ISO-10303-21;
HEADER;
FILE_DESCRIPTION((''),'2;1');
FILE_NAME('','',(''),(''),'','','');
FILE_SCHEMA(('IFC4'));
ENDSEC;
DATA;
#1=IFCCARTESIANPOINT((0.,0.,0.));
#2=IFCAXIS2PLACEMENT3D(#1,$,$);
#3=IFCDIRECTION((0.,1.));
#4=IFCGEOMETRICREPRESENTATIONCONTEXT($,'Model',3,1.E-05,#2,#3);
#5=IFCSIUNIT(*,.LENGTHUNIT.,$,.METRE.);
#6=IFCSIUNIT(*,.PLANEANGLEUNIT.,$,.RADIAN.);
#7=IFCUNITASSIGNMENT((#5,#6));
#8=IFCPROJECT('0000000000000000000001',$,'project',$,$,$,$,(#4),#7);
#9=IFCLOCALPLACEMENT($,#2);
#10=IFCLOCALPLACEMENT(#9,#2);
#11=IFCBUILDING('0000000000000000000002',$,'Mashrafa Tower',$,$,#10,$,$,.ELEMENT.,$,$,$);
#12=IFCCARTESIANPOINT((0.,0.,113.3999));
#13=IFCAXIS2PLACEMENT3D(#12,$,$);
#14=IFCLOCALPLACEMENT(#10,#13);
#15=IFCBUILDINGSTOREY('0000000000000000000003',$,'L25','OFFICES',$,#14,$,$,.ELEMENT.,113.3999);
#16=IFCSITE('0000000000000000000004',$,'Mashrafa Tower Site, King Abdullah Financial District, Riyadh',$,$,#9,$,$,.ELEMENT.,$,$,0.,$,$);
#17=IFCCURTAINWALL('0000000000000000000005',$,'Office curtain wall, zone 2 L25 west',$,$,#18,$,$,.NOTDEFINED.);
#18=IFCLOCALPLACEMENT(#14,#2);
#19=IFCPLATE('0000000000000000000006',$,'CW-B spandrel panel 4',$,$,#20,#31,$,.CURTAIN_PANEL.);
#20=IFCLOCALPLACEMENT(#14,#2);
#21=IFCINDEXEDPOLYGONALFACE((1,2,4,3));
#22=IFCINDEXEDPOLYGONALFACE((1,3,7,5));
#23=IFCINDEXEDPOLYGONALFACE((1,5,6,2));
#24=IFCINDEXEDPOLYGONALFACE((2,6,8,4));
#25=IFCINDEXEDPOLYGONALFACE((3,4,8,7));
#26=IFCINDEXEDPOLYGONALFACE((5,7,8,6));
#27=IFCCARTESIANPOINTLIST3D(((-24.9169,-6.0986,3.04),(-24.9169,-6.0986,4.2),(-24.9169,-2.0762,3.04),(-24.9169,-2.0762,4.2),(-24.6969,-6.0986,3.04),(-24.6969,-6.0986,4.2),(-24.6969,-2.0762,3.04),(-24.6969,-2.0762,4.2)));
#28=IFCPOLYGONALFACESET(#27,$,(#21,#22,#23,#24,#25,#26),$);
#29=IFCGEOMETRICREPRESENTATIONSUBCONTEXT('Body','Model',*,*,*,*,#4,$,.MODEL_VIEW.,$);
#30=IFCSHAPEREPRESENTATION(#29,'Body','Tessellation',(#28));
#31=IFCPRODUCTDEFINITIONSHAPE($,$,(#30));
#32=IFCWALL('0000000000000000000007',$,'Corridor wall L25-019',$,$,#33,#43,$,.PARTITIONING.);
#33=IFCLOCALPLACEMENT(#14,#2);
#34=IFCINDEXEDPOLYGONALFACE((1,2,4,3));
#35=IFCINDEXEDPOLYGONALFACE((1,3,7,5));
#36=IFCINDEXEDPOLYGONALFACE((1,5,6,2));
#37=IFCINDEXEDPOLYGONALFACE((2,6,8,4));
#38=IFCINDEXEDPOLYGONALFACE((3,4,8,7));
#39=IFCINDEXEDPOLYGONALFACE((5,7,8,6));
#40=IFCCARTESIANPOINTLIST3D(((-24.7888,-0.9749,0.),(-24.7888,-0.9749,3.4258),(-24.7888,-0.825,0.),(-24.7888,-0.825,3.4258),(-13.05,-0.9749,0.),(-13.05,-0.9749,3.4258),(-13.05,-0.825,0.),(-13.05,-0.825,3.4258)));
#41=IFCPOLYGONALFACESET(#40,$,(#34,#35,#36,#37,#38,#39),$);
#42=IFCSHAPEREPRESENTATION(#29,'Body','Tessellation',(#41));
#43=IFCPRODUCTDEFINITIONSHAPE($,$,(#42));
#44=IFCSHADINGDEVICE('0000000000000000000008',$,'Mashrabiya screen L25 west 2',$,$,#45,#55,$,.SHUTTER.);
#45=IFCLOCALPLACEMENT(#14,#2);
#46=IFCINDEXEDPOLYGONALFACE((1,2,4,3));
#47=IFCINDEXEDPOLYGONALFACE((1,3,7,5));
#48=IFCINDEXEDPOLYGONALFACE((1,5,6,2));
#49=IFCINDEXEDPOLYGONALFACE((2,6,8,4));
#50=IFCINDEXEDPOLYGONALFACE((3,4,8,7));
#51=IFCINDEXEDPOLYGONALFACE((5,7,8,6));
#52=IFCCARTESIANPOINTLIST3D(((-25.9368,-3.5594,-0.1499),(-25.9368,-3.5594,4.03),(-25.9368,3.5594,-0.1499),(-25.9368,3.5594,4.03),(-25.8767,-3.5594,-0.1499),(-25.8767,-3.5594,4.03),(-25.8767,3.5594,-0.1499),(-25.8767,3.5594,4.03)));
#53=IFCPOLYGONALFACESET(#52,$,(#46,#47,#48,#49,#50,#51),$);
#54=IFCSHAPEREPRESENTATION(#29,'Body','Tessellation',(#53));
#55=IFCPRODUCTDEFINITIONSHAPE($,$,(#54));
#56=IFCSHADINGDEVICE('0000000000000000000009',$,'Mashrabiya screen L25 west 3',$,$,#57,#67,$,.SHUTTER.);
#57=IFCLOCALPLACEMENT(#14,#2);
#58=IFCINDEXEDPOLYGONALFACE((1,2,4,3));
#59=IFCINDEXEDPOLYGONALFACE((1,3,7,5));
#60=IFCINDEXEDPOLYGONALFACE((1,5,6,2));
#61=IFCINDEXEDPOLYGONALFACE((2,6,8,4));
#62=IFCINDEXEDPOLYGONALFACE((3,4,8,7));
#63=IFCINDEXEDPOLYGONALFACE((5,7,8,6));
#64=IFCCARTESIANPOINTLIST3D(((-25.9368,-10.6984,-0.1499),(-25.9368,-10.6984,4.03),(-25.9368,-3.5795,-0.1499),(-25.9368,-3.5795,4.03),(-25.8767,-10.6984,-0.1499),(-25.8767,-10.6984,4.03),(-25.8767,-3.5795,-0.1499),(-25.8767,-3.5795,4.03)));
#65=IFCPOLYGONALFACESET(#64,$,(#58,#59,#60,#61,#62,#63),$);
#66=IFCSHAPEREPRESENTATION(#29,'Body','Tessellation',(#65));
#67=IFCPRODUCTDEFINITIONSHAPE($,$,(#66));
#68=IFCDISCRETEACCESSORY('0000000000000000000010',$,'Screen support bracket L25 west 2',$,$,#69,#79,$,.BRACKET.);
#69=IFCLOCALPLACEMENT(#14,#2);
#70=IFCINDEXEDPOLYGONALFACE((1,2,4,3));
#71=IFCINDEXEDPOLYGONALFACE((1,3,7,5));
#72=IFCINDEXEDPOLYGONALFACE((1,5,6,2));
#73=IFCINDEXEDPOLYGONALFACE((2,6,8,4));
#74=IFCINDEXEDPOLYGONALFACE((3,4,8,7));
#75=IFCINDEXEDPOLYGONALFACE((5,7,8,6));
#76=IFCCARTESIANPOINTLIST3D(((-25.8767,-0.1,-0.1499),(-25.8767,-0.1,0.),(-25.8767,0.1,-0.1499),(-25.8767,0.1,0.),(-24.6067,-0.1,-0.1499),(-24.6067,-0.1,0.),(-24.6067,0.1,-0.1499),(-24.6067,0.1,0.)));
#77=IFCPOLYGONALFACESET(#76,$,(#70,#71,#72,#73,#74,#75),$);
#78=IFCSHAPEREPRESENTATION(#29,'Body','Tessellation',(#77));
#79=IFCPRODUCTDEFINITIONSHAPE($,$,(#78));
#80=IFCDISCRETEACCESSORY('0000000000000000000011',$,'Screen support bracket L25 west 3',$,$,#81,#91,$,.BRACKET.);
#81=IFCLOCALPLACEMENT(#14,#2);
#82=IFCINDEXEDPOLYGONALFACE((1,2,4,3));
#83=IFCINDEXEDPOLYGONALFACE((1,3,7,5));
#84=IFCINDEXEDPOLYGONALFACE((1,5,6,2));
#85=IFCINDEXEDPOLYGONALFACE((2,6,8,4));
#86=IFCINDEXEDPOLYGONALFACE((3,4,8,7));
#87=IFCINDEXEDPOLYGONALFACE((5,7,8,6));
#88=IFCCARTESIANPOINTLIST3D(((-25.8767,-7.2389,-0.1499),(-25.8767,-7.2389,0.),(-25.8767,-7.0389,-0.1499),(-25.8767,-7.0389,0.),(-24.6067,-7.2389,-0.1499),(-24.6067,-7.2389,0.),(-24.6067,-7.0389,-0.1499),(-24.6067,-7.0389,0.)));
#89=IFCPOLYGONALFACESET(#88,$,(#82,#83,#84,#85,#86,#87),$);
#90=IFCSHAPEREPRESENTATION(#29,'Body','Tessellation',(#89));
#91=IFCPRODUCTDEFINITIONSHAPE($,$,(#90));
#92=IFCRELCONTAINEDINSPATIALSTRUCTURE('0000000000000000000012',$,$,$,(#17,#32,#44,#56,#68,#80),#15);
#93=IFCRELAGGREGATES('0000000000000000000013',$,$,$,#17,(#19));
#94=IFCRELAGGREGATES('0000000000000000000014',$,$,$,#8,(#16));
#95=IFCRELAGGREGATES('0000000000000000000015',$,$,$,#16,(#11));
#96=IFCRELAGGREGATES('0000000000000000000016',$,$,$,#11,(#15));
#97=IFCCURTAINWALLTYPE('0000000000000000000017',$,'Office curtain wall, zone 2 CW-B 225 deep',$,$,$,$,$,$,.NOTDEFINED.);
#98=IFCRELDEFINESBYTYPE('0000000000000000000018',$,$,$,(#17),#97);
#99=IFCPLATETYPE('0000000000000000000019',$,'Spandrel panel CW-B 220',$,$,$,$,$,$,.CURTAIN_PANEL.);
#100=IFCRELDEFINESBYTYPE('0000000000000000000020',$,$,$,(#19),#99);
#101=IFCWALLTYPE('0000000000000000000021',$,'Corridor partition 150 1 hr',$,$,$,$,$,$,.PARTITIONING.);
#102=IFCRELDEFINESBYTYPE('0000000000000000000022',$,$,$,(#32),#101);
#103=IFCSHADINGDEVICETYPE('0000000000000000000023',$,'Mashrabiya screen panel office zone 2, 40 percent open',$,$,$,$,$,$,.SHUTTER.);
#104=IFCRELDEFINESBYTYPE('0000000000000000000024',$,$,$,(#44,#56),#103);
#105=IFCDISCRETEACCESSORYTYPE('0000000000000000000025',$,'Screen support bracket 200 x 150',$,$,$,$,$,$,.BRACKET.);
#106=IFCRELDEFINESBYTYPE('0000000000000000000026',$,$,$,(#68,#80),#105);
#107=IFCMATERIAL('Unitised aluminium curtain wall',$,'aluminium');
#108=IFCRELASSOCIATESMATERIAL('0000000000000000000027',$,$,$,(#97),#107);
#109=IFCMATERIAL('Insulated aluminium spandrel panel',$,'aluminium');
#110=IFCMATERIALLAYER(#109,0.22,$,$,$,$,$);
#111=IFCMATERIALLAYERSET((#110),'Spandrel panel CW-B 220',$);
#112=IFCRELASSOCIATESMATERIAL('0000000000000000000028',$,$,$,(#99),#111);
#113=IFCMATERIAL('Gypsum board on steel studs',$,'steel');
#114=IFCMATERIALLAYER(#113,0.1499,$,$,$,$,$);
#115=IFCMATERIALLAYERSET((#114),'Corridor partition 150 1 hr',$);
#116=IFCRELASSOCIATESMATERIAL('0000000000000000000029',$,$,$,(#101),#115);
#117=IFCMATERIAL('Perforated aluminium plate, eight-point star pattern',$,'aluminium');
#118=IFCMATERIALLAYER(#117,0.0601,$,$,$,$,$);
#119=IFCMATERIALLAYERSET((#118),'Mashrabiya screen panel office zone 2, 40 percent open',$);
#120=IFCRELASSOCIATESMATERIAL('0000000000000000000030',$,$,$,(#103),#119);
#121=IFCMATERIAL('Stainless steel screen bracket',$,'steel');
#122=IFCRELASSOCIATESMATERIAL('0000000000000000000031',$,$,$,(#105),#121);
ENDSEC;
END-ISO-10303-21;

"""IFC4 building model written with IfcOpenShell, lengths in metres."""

from ifc_helpers import new_model, si_unit, direction, frame, frame_2d, origin, origin_2d, place, context, subcontext, project, spatial, rectangle, extrude, source, transform, mapped, material, layer, layer_set, type_object, type_shapes, element, aggregate, save


model = new_model("IFC4")

# Units and contexts
model_context = context("Model", 3, precision=1e-05, world=origin(), true_north=direction((0.0, 1.0)))
body_context = subcontext(model_context, "Body", "Model", "MODEL_VIEW")
ifc_project = project(units=[si_unit("LENGTHUNIT", "METRE"), si_unit("PLANEANGLEUNIT", "RADIAN")], contexts=[model_context])

# Site, building, storey
site_placement = place(None, origin())
site = spatial("IfcSite", under=ifc_project, at=site_placement, Name="Mashrafa Tower Site, King Abdullah Financial District, Riyadh", CompositionType="ELEMENT", RefElevation=0.0)
building_placement = place(site_placement, origin())
building = spatial("IfcBuilding", under=site, at=building_placement, Name="Mashrafa Tower", CompositionType="ELEMENT")
storey_placement = place(building_placement, frame((0.0, 0.0, 113.3999)))
storey = spatial("IfcBuildingStorey", under=building, at=storey_placement, Name="L25", Description="OFFICES", CompositionType="ELEMENT", Elevation=113.3999)

# Curtain wall
ifc_material_1 = material(Name="Unitised aluminium curtain wall", Category="aluminium")
curtain_wall_type = type_object("IfcCurtainWallType", Name="Office curtain wall, zone 2 CW-B 225 deep", PredefinedType="NOTDEFINED", material=ifc_material_1)
curtain_wall_1_placement = place(storey_placement, origin())
curtain_wall_1 = element("IfcCurtainWall", 1, at=curtain_wall_1_placement, inside=storey, type_object=curtain_wall_type, Name="Office curtain wall, zone 2 L25 west", PredefinedType="NOTDEFINED")

# Plate
ifc_material_2 = material(Name="Insulated aluminium spandrel panel", Category="aluminium")
ifc_layer_1 = layer(ifc_material_2, 0.22)
ifc_layer_set_1 = layer_set([ifc_layer_1], Name="Spandrel panel CW-B 220")
plate_type_1 = type_object("IfcPlateType", Name="Spandrel panel CW-B 220", PredefinedType="CURTAIN_PANEL", material=ifc_layer_set_1)
shared_shape_1 = source(origin(), body_context, "Body", "SweptSolid", [
    extrude(rectangle(XDim=4.0225, YDim=0.22, at=origin_2d()), origin(), (0.0, 0.0, 1.0), 1.1599),
])
plate_1_placement = place(storey_placement, frame((-24.8069, -4.0874, 3.04), z_axis=(0.0, 0.0, 1.0), x_axis=(0.0, -1.0, 0.0)))
plate_1 = element("IfcPlate", 2, at=plate_1_placement, type_object=plate_type_1, Name="CW-B spandrel panel 4", PredefinedType="CURTAIN_PANEL", context=body_context, shape_type="MappedRepresentation", body=[
    mapped(shared_shape_1, transform((0.0, 0.0, 0.0))),
])
aggregate(curtain_wall_1, [plate_1])

# Wall
ifc_material_3 = material(Name="Gypsum board on steel studs", Category="steel")
ifc_layer_2 = layer(ifc_material_3, 0.1499)
ifc_layer_set_2 = layer_set([ifc_layer_2], Name="Corridor partition 150 1 hr")
wall_type = type_object("IfcWallType", Name="Corridor partition 150 1 hr", PredefinedType="PARTITIONING", material=ifc_layer_set_2)
wall_placement = place(storey_placement, frame((-24.7888, -0.8999, 0.0), z_axis=(0.0, 0.0, 1.0), x_axis=(1.0, 0.0, 0.0)))
element("IfcWall", 3, at=wall_placement, inside=storey, type_object=wall_type, Name="Corridor wall L25-019", PredefinedType="PARTITIONING", context=body_context, shape_type="SweptSolid", body=[
    extrude(rectangle(XDim=11.7388, YDim=0.1499, at=frame_2d((5.8694, 0.0))), origin(), (0.0, 0.0, 1.0), 3.4258),
])

# Shading devices
ifc_material_4 = material(Name="Perforated aluminium plate, eight-point star pattern", Category="aluminium")
ifc_layer_3 = layer(ifc_material_4, 0.0601)
ifc_layer_set_3 = layer_set([ifc_layer_3], Name="Mashrabiya screen panel office zone 2, 40 percent open")
shading_device_type = type_object("IfcShadingDeviceType", Name="Mashrabiya screen panel office zone 2, 40 percent open", PredefinedType="SHUTTER", material=ifc_layer_set_3)
shared_shape_2 = source(origin(), body_context, "Body", "SweptSolid", [
    extrude(rectangle(XDim=7.1189, YDim=0.0601, at=origin_2d()), origin(), (0.0, 0.0, 1.0), 4.1799),
])
type_shapes(shading_device_type, [shared_shape_2])
for number, where, z_axis, x_axis, name in (
    (4, (-25.9067, 0.0, -0.1499), (0.0, 0.0, 1.0), (0.0, -1.0, 0.0), "Mashrabiya screen L25 west 2"),
    (5, (-25.9067, -7.1389, -0.1499), (0.0, 0.0, 1.0), (0.0, -1.0, 0.0), "Mashrabiya screen L25 west 3"),
):
    element("IfcShadingDevice", number, at=place(storey_placement, frame(where, z_axis=z_axis, x_axis=x_axis)), inside=storey, type_object=shading_device_type, Name=name, PredefinedType="SHUTTER", context=body_context, shape_type="MappedRepresentation", body=[
        mapped(shared_shape_2, transform((0.0, 0.0, 0.0))),
    ])

# Discrete accessories
ifc_material_5 = material(Name="Stainless steel screen bracket", Category="steel")
discrete_accessory_type = type_object("IfcDiscreteAccessoryType", Name="Screen support bracket 200 x 150", PredefinedType="BRACKET", material=ifc_material_5)
shared_shape_3 = source(origin(), body_context, "Body", "SweptSolid", [
    extrude(rectangle(XDim=0.2, YDim=1.27, at=origin_2d()), origin(), (0.0, 0.0, 1.0), 0.1499),
])
type_shapes(discrete_accessory_type, [shared_shape_3])
for number, where, z_axis, x_axis, name in (
    (6, (-25.2417, 0.0, -0.1499), (0.0, 0.0, 1.0), (0.0, -1.0, 0.0), "Screen support bracket L25 west 2"),
    (7, (-25.2417, -7.1389, -0.1499), (0.0, 0.0, 1.0), (0.0, -1.0, 0.0), "Screen support bracket L25 west 3"),
):
    element("IfcDiscreteAccessory", number, at=place(storey_placement, frame(where, z_axis=z_axis, x_axis=x_axis)), inside=storey, type_object=discrete_accessory_type, Name=name, PredefinedType="BRACKET", context=body_context, shape_type="MappedRepresentation", body=[
        mapped(shared_shape_3, transform((0.0, 0.0, 0.0))),
    ])

save(model, "model.ifc")
